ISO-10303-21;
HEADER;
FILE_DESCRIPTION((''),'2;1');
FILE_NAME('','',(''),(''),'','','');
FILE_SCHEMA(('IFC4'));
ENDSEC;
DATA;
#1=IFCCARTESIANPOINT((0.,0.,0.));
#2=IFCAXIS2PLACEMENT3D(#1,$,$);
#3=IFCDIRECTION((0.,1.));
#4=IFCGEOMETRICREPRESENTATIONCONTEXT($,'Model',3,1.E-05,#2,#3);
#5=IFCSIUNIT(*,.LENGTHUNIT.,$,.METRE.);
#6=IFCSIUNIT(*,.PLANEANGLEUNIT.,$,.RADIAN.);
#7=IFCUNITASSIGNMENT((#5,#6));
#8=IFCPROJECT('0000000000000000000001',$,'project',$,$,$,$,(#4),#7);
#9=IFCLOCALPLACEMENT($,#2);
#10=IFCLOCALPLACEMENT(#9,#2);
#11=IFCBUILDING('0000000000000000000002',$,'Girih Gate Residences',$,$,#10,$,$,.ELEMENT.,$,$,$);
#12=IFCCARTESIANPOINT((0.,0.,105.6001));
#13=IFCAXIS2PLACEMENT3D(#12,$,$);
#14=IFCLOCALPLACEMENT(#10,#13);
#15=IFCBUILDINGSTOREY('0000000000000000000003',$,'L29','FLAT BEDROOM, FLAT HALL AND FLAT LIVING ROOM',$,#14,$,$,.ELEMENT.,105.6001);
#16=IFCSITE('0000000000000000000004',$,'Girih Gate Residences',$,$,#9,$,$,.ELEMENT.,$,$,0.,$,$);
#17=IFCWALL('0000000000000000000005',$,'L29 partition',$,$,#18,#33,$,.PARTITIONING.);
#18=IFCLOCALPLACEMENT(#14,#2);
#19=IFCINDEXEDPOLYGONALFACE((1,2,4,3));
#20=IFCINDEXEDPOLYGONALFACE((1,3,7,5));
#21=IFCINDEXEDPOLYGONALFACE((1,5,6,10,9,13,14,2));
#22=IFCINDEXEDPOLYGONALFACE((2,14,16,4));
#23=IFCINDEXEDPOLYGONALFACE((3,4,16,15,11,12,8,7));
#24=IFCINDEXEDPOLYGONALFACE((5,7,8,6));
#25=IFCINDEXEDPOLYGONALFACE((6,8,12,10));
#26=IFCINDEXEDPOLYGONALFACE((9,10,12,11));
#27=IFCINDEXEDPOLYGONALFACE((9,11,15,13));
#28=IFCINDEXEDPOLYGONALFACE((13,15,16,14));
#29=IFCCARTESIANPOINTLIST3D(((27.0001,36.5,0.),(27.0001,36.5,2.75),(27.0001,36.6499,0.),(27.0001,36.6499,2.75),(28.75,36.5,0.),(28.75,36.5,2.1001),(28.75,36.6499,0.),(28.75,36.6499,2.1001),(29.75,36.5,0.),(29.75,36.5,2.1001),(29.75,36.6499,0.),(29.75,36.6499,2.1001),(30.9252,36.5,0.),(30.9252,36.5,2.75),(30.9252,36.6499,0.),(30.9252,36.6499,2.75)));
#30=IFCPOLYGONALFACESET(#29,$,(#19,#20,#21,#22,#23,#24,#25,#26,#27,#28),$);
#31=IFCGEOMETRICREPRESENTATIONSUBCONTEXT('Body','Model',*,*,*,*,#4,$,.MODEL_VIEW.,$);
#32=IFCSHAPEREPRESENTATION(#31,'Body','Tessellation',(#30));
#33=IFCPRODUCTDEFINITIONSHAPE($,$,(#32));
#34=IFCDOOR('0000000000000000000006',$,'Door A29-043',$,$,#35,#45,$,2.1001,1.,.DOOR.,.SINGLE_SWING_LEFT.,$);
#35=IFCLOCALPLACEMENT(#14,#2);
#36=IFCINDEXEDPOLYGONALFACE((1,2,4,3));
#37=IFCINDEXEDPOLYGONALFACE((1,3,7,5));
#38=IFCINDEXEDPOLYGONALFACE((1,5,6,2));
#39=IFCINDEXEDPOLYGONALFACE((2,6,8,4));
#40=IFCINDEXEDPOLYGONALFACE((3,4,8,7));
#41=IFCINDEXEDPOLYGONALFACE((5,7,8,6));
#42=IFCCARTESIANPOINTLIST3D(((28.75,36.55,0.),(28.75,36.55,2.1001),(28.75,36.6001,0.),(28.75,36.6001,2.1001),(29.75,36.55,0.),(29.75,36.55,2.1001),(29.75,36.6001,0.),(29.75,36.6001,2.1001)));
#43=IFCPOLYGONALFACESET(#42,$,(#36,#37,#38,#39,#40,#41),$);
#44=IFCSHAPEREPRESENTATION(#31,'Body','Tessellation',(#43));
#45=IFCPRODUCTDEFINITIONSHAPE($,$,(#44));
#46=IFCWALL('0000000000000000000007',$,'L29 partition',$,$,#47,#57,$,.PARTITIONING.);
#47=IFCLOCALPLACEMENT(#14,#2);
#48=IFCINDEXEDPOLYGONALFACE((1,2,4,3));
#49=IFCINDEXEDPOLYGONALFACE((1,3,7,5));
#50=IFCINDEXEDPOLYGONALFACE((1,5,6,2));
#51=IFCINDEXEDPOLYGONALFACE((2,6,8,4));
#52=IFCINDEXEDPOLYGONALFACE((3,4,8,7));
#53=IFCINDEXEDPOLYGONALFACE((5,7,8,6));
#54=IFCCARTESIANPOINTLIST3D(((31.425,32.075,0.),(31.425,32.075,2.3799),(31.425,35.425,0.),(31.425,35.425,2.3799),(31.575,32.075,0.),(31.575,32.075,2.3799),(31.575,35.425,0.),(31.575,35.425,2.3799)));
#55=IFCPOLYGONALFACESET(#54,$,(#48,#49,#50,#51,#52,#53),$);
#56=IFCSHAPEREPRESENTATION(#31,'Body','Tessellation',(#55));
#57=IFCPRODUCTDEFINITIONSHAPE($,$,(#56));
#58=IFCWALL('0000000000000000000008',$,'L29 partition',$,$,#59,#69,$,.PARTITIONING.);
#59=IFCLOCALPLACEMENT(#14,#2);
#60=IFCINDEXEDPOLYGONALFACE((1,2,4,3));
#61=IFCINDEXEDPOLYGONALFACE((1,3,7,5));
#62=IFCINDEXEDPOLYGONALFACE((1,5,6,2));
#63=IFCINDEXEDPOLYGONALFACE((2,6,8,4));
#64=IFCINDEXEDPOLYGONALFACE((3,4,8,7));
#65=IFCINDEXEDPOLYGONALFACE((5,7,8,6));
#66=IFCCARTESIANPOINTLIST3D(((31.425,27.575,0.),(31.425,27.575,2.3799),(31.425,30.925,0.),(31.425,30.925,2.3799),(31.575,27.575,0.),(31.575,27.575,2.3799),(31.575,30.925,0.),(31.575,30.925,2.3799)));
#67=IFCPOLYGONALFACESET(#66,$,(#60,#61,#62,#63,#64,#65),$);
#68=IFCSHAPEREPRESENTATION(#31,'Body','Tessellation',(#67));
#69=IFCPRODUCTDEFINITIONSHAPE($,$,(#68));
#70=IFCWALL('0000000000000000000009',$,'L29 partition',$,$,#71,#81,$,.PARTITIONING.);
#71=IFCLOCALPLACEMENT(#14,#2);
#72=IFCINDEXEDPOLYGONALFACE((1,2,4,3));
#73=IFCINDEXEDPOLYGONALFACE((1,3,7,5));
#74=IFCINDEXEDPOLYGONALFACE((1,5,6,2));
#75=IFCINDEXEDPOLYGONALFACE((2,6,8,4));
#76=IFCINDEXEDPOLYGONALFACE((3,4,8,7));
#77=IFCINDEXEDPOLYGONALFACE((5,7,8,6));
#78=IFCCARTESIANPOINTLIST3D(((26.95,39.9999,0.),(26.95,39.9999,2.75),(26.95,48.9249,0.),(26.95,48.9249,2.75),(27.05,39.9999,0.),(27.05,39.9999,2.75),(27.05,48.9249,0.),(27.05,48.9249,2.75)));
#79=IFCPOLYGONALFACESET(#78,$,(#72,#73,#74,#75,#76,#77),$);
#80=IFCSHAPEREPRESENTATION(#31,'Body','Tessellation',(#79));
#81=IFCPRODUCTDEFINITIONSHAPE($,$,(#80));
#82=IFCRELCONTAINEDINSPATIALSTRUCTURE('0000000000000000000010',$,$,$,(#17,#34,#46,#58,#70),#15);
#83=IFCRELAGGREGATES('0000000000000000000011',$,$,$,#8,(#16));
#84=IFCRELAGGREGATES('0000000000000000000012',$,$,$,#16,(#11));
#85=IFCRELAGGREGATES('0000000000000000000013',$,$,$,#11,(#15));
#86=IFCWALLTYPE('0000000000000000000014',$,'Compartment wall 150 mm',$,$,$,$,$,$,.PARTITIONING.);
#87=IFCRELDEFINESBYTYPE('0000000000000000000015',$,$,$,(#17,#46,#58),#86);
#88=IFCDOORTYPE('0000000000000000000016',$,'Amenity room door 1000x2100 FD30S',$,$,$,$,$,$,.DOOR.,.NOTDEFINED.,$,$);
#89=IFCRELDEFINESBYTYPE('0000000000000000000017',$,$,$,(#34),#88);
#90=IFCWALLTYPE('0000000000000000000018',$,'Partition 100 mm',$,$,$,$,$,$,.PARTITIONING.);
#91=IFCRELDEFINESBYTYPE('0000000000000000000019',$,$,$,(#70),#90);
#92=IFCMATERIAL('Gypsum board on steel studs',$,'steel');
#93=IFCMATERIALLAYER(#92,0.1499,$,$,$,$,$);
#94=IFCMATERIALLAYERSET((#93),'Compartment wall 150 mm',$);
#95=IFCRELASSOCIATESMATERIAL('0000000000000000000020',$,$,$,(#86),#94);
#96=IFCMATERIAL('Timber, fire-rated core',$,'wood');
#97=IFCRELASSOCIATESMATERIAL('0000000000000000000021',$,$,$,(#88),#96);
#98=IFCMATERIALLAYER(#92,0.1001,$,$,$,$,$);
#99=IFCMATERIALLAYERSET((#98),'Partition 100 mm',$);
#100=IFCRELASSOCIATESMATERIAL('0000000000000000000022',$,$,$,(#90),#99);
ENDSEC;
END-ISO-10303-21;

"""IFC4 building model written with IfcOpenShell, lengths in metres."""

from ifc_helpers import new_model, si_unit, direction, frame, frame_2d, origin, place, context, subcontext, project, spatial, rectangle, extrude, material, layer, layer_set, type_object, element, fill, save


model = new_model("IFC4")

# Units and contexts
model_context = context("Model", 3, precision=1e-05, world=origin(), true_north=direction((0.0, 1.0)))
body_context = subcontext(model_context, "Body", "Model", "MODEL_VIEW")
ifc_project = project(units=[si_unit("LENGTHUNIT", "METRE"), si_unit("PLANEANGLEUNIT", "RADIAN")], contexts=[model_context])

# Site, building, storey
site_placement = place(None, origin())
site = spatial("IfcSite", under=ifc_project, at=site_placement, Name="Girih Gate Residences", CompositionType="ELEMENT", RefElevation=0.0)
building_placement = place(site_placement, origin())
building = spatial("IfcBuilding", under=site, at=building_placement, Name="Girih Gate Residences", CompositionType="ELEMENT")
storey_placement = place(building_placement, frame((0.0, 0.0, 105.6001)))
storey = spatial("IfcBuildingStorey", under=building, at=storey_placement, Name="L29", Description="FLAT BEDROOM, FLAT HALL AND FLAT LIVING ROOM", CompositionType="ELEMENT", Elevation=105.6001)

# Wall, opening, door
ifc_material_1 = material(Name="Gypsum board on steel studs", Category="steel")
ifc_layer_1 = layer(ifc_material_1, 0.1499)
ifc_layer_set_1 = layer_set([ifc_layer_1], Name="Compartment wall 150 mm")
wall_type_1 = type_object("IfcWallType", Name="Compartment wall 150 mm", PredefinedType="PARTITIONING", material=ifc_layer_set_1)
ifc_material_2 = material(Name="Timber, fire-rated core", Category="wood")
door_type = type_object("IfcDoorType", Name="Amenity room door 1000x2100 FD30S", OperationType="NOTDEFINED", PredefinedType="DOOR", material=ifc_material_2)
wall_1_placement = place(storey_placement, frame((30.925, 36.575, 0.0), z_axis=(0.0, 0.0, 1.0), x_axis=(-1.0, 0.0, 0.0)))
wall_1 = element("IfcWall", 1, at=wall_1_placement, inside=storey, type_object=wall_type_1, Name="L29 partition", PredefinedType="PARTITIONING", context=body_context, shape_type="SweptSolid", body=[
    extrude(rectangle(XDim=3.925, YDim=0.1499, at=frame_2d((1.9624, 0.0))), origin(), (0.0, 0.0, 1.0), 2.75),
])
opening_1_placement = place(wall_1_placement, frame((1.175, 0.0, 0.0)))
opening_1 = element("IfcOpeningElement", 2, at=opening_1_placement, cuts=wall_1, PredefinedType="OPENING", context=body_context, shape_type="SweptSolid", body=[
    extrude(rectangle(XDim=1.0, YDim=2.1001, at=frame_2d((0.5, 1.05))), frame((0.0, 0.085, 0.0), z_axis=(0.0, -1.0, 0.0), x_axis=(1.0, 0.0, 0.0)), (0.0, 0.0, 1.0), 0.1699),
])
door_1_placement = place(opening_1_placement, origin())
door_1 = element("IfcDoor", 3, at=door_1_placement, inside=storey, type_object=door_type, Name="Door A29-043", OperationType="SINGLE_SWING_LEFT", OverallHeight=2.1001, OverallWidth=1.0, PredefinedType="DOOR", context=body_context, shape_type="SweptSolid", body=[
    extrude(rectangle(XDim=1.0, YDim=2.1001, at=frame_2d((0.5, 1.05))), frame((0.0, 0.0249, 0.0), z_axis=(0.0, -1.0, 0.0), x_axis=(1.0, 0.0, 0.0)), (0.0, 0.0, 1.0), 0.05),
])
fill(opening_1, door_1)

# Walls
for number, where, z_axis, x_axis, name in (
    (4, (31.5, 32.075, 0.0), (0.0, 0.0, 1.0), (0.0, 1.0, 0.0), "L29 partition"),
    (5, (31.5, 27.575, 0.0), (0.0, 0.0, 1.0), (0.0, 1.0, 0.0), "L29 partition"),
):
    element("IfcWall", number, at=place(storey_placement, frame(where, z_axis=z_axis, x_axis=x_axis)), inside=storey, type_object=wall_type_1, Name=name, PredefinedType="PARTITIONING", context=body_context, shape_type="SweptSolid", body=[
        extrude(rectangle(XDim=3.3501, YDim=0.1499, at=frame_2d((1.675, 0.0))), origin(), (0.0, 0.0, 1.0), 2.3799),
    ])
ifc_layer_2 = layer(ifc_material_1, 0.1001)
ifc_layer_set_2 = layer_set([ifc_layer_2], Name="Partition 100 mm")
wall_type_2 = type_object("IfcWallType", Name="Partition 100 mm", PredefinedType="PARTITIONING", material=ifc_layer_set_2)
wall_2_placement = place(storey_placement, frame((27.0, 40.0, 0.0), z_axis=(0.0, 0.0, 1.0), x_axis=(0.0, 1.0, 0.0)))
element("IfcWall", 6, at=wall_2_placement, inside=storey, type_object=wall_type_2, Name="L29 partition", PredefinedType="PARTITIONING", context=body_context, shape_type="SweptSolid", body=[
    extrude(rectangle(XDim=8.925, YDim=0.1001, at=frame_2d((4.4624, 0.0))), origin(), (0.0, 0.0, 1.0), 2.75),
])

save(model, "model.ifc")
